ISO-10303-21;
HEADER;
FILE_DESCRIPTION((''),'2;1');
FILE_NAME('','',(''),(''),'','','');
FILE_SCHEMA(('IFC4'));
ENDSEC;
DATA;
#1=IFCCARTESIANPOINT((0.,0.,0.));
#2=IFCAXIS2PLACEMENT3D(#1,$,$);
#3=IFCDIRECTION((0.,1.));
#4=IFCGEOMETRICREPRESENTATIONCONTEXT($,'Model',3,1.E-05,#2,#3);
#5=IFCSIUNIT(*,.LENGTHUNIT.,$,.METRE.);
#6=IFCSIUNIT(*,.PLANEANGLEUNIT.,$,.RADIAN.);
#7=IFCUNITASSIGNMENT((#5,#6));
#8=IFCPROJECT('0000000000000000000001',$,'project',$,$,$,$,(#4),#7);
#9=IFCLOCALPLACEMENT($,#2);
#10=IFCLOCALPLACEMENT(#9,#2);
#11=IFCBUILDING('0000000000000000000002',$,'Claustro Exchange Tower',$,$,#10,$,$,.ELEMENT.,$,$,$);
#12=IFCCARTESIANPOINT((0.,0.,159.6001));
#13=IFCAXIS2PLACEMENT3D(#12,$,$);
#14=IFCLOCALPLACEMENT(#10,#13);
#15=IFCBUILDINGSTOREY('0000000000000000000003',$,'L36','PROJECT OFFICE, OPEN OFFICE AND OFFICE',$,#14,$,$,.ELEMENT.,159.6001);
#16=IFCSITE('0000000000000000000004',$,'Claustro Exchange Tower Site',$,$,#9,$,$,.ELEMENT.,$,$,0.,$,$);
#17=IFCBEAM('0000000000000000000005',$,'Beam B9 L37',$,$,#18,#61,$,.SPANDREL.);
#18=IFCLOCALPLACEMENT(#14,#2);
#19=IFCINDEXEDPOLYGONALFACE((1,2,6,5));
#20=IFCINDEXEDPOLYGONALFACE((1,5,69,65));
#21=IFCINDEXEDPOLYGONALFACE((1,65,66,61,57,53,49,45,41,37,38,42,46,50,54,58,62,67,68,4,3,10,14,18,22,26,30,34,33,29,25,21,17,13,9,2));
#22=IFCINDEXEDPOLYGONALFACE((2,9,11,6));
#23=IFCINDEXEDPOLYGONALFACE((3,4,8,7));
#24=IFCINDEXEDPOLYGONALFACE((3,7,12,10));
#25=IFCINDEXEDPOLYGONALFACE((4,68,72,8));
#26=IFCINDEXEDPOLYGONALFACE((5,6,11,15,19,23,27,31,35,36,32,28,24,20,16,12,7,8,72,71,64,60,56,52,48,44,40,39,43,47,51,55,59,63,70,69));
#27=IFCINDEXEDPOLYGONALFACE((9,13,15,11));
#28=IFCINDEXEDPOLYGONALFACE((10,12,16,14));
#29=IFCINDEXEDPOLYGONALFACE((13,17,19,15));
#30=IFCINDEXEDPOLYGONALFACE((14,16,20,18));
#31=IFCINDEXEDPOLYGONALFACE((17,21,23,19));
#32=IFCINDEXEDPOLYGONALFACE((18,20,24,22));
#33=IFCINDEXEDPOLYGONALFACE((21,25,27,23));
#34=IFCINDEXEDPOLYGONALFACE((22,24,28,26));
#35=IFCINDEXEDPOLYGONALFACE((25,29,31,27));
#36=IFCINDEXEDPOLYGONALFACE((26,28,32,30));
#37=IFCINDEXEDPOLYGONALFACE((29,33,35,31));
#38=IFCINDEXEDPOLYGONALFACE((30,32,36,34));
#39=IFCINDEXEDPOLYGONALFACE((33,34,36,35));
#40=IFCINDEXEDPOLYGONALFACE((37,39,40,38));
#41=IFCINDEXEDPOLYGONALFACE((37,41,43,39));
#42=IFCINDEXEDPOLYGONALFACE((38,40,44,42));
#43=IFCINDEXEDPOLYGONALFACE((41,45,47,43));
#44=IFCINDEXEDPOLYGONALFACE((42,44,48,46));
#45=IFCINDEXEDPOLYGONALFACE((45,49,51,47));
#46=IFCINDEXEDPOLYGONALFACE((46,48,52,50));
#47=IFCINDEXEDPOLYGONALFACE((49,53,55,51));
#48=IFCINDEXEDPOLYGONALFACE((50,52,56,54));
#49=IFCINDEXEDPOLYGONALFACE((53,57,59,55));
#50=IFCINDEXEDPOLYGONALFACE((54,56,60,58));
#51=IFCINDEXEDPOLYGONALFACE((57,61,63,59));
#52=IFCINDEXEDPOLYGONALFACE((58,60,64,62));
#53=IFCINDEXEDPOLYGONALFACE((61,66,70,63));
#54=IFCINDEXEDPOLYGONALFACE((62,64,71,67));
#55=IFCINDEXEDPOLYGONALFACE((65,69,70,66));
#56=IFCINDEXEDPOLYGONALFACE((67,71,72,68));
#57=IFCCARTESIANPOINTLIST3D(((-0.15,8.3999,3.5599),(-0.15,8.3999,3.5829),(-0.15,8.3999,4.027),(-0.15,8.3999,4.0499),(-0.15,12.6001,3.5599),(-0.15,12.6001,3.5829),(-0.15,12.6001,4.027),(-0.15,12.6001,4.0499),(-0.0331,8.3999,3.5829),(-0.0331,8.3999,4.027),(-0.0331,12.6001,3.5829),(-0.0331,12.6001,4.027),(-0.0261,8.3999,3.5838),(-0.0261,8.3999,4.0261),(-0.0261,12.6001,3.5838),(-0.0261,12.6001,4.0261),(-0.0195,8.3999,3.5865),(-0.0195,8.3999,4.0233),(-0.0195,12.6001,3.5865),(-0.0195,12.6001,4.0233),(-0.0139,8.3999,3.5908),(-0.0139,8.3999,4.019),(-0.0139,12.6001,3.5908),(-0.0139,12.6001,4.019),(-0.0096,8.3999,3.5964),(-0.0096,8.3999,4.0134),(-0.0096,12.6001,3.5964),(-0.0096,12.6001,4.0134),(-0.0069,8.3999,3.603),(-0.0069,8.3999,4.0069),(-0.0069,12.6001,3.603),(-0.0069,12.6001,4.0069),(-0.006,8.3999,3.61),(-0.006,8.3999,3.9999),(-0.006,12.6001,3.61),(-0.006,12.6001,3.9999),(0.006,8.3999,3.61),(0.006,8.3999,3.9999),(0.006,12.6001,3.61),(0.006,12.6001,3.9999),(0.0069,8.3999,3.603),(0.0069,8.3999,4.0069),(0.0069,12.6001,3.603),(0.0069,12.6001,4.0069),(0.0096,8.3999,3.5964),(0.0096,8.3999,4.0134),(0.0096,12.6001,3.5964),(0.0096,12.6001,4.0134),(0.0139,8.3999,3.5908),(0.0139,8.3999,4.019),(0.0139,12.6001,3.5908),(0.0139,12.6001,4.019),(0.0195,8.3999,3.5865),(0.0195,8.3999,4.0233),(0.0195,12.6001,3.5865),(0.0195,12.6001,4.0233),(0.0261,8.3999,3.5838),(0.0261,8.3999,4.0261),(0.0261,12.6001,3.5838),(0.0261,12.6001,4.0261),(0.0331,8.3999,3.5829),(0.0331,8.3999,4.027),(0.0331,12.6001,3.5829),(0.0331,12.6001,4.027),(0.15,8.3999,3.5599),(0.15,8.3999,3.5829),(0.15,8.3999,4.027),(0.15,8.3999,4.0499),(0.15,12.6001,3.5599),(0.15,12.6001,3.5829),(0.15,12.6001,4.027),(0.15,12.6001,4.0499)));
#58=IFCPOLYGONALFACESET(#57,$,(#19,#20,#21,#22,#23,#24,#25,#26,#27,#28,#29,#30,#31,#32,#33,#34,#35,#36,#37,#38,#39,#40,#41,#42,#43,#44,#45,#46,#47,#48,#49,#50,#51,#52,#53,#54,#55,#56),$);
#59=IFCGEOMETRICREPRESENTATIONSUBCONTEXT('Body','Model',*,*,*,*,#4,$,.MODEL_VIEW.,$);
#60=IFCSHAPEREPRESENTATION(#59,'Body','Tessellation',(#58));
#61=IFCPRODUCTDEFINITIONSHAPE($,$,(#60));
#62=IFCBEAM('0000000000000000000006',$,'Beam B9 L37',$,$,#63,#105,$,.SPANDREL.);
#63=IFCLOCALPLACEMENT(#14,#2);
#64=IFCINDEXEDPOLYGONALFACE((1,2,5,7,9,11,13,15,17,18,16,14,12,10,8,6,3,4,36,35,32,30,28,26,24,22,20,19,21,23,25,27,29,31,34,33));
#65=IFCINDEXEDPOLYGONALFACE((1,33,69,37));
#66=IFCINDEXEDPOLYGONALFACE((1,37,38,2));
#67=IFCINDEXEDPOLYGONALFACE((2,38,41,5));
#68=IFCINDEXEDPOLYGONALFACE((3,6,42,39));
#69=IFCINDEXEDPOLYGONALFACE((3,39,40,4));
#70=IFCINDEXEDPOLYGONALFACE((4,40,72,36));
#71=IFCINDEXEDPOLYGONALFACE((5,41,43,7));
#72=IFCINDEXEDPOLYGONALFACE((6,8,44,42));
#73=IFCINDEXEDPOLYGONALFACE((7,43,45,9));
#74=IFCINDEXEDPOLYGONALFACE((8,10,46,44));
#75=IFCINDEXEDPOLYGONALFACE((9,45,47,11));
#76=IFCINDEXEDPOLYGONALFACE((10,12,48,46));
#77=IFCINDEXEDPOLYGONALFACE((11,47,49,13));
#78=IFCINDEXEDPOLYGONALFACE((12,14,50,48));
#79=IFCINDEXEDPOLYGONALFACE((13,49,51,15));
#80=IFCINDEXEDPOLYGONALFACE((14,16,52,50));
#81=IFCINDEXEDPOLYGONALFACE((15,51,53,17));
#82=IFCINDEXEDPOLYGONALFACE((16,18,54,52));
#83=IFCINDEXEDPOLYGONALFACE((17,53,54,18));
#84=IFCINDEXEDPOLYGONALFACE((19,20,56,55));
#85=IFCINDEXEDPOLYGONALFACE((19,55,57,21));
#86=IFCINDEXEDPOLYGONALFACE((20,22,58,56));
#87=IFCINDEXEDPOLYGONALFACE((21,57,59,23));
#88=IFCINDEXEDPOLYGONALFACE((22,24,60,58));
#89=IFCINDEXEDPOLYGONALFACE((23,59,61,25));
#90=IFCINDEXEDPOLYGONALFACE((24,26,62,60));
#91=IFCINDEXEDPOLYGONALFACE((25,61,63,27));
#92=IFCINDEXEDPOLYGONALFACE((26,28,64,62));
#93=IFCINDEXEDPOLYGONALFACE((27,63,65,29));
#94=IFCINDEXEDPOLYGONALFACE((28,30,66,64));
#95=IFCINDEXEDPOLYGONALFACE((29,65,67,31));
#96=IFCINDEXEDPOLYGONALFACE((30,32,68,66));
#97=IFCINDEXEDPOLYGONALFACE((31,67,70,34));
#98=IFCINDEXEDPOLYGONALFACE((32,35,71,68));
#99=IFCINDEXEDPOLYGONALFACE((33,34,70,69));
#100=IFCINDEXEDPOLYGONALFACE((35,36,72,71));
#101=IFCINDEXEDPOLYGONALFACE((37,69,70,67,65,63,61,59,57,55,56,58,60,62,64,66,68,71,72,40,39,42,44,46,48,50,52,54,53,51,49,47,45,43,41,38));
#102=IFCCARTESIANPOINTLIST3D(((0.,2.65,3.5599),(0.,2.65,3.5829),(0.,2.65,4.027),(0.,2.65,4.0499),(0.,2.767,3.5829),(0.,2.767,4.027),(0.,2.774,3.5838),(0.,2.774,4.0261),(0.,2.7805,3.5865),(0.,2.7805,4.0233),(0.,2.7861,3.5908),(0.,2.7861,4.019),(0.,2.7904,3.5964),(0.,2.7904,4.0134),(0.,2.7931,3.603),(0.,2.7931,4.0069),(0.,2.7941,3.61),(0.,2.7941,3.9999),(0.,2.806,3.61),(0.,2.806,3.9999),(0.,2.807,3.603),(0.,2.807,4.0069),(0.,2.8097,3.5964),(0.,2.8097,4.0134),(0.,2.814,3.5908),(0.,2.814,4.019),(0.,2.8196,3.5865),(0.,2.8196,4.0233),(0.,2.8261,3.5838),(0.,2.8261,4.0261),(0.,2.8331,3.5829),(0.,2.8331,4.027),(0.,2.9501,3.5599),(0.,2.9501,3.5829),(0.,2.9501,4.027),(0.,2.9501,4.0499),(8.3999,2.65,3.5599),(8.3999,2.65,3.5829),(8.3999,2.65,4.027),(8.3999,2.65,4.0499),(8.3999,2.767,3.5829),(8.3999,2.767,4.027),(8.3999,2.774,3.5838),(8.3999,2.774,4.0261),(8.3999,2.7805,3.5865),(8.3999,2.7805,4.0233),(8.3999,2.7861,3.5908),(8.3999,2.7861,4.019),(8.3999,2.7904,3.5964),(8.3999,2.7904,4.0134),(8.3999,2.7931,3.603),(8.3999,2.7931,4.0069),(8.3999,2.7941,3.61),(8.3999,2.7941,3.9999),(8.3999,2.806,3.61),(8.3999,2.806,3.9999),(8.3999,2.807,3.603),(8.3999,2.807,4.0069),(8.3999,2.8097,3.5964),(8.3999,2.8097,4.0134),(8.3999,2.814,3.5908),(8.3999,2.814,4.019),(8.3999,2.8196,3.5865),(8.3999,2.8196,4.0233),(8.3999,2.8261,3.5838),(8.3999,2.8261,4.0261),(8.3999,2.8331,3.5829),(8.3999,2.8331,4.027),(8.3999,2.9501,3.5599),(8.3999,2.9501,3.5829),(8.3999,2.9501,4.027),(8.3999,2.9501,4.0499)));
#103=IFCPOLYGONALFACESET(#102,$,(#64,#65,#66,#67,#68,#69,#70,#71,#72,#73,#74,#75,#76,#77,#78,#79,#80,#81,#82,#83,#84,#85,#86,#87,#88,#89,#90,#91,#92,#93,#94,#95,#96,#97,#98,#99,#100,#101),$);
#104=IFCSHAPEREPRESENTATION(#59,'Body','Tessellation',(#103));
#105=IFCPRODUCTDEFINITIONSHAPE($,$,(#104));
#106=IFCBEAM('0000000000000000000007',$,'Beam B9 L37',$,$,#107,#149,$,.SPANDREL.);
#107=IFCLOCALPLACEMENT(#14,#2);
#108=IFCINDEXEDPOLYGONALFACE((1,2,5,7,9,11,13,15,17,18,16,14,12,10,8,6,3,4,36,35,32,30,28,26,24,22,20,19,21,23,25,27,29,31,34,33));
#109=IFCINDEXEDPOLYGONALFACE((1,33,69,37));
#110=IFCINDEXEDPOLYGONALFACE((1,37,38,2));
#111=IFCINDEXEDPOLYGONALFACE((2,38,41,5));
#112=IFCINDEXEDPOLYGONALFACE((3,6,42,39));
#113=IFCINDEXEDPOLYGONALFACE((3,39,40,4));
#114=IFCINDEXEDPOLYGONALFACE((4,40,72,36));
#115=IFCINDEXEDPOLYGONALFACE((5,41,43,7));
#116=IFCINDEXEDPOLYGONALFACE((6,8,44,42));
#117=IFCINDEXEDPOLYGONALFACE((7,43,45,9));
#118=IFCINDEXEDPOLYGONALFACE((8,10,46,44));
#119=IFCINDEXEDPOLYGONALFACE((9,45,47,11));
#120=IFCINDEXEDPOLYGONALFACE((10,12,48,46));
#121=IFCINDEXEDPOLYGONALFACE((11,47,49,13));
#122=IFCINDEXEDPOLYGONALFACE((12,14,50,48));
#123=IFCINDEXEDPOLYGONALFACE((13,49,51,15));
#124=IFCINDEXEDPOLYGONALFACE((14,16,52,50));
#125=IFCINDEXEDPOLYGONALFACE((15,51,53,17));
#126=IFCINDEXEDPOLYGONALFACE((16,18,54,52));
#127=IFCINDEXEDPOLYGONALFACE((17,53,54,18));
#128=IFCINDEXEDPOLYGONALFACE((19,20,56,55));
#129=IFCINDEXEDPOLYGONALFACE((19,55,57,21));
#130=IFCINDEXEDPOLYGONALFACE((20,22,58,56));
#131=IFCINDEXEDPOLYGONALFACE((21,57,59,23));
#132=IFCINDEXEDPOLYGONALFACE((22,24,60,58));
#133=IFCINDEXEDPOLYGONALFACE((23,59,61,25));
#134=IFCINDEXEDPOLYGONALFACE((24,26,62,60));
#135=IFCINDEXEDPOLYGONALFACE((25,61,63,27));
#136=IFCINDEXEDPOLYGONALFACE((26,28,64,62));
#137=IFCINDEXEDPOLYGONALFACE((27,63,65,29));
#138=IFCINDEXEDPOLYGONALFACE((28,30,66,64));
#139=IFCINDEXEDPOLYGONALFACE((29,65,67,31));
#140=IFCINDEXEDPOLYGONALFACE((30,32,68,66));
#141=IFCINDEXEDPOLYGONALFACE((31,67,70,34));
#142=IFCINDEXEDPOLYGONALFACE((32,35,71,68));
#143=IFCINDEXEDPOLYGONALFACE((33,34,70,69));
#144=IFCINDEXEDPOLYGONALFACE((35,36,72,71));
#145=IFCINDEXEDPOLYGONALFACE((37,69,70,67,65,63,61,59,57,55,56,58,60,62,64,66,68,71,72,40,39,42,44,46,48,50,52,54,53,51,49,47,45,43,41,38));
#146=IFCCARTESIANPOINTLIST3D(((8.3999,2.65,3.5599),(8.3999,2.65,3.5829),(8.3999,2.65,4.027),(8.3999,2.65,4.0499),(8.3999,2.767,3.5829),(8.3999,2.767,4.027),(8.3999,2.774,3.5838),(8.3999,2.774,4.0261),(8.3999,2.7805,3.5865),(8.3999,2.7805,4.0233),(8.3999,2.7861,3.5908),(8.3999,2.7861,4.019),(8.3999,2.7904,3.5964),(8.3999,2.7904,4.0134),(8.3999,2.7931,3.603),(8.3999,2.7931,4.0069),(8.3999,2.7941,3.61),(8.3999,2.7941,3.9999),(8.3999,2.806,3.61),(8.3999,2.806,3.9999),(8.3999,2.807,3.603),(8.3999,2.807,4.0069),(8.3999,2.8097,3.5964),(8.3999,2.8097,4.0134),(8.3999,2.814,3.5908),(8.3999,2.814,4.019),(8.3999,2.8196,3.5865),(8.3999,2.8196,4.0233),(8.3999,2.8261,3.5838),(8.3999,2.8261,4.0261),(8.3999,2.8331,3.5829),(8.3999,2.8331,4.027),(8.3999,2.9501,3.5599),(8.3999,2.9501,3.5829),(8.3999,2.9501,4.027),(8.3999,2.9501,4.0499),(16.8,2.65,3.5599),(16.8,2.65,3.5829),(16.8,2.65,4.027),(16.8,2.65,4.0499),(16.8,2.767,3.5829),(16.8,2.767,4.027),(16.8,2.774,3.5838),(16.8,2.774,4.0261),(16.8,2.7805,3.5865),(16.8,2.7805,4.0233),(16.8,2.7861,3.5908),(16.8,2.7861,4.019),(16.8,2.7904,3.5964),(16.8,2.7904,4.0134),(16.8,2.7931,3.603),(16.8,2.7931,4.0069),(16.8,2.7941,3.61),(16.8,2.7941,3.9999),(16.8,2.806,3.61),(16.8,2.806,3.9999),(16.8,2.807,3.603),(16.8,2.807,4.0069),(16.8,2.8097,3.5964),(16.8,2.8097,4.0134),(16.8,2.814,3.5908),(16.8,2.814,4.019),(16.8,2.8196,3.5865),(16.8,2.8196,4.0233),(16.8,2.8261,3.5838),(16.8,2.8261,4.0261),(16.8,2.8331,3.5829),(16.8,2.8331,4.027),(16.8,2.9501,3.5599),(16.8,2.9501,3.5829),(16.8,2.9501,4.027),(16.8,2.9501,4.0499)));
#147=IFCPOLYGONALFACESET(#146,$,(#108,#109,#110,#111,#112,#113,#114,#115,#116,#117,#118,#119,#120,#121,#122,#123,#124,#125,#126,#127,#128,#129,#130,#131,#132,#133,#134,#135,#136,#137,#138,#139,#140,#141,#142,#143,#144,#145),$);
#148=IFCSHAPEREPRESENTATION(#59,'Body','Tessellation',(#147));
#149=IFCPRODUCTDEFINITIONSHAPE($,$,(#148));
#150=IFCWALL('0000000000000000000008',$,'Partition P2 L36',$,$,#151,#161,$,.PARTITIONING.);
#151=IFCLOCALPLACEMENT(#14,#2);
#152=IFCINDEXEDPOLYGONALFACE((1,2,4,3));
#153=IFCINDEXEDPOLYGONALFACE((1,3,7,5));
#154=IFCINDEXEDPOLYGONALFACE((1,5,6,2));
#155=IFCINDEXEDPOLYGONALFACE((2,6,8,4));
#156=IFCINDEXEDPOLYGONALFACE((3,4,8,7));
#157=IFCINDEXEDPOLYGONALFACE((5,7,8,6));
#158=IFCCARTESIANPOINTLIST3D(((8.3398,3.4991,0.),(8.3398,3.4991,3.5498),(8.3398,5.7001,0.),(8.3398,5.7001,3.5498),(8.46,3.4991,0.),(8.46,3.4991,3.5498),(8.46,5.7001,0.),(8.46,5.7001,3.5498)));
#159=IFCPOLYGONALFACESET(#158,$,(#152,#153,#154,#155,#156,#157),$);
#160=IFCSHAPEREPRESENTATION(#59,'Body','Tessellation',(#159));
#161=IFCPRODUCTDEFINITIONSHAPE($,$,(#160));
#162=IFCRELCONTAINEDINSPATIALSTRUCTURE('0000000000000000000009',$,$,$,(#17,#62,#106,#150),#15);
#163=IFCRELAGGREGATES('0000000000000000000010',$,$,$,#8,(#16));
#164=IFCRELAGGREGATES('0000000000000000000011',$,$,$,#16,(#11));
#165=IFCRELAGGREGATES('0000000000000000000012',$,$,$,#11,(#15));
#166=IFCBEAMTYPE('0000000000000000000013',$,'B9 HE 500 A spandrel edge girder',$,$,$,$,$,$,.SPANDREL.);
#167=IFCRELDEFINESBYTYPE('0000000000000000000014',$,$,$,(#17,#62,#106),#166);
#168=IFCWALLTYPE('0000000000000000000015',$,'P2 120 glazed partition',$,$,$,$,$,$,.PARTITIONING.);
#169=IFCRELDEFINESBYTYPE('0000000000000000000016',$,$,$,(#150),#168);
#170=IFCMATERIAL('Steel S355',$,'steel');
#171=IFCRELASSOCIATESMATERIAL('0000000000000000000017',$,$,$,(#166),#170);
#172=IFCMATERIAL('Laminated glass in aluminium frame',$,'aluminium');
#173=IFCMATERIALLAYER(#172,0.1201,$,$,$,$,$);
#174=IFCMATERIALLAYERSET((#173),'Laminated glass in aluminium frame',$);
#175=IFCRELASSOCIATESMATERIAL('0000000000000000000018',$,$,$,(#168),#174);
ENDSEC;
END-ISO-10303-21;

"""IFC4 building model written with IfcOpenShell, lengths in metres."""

from ifc_helpers import new_model, si_unit, direction, frame, frame_2d, origin, origin_2d, place, context, subcontext, project, spatial, rectangle, i_section, extrude, material, layer, layer_set, material_profile, profile_set, type_object, element, save


model = new_model("IFC4")

# Units and contexts
model_context = context("Model", 3, precision=1e-05, world=origin(), true_north=direction((0.0, 1.0)))
body_context = subcontext(model_context, "Body", "Model", "MODEL_VIEW")
ifc_project = project(units=[si_unit("LENGTHUNIT", "METRE"), si_unit("PLANEANGLEUNIT", "RADIAN")], contexts=[model_context])

# Site, building, storey
site_placement = place(None, origin())
site = spatial("IfcSite", under=ifc_project, at=site_placement, Name="Claustro Exchange Tower Site", CompositionType="ELEMENT", RefElevation=0.0)
building_placement = place(site_placement, origin())
building = spatial("IfcBuilding", under=site, at=building_placement, Name="Claustro Exchange Tower", CompositionType="ELEMENT")
storey_placement = place(building_placement, frame((0.0, 0.0, 159.6001)))
storey = spatial("IfcBuildingStorey", under=building, at=storey_placement, Name="L36", Description="PROJECT OFFICE, OPEN OFFICE AND OFFICE", CompositionType="ELEMENT", Elevation=159.6001)

# Beams
ifc_material_1 = material(Name="Steel S355", Category="steel")
ifc_material_profile_1 = material_profile(ifc_material_1, i_section(OverallWidth=0.3, OverallDepth=0.49, WebThickness=0.012, FlangeThickness=0.0229, FilletRadius=0.0271, at=origin_2d()), Name="HE 500 A")
ifc_profile_set_1 = profile_set([ifc_material_profile_1], Name="Steel S355")
beam_type_1 = type_object("IfcBeamType", Name="B9 HE 500 A spandrel edge girder", PredefinedType="SPANDREL", material=ifc_profile_set_1)
beam_1_placement = place(storey_placement, frame((0.0, 8.3999, 3.8049), z_axis=(0.0, 1.0, 0.0), x_axis=(-1.0, 0.0, 0.0)))
element("IfcBeam", 1, at=beam_1_placement, inside=storey, type_object=beam_type_1, Name="Beam B9 L37", PredefinedType="SPANDREL", context=body_context, shape_type="SweptSolid", body=[
    extrude(i_section(OverallWidth=0.3, OverallDepth=0.49, WebThickness=0.012, FlangeThickness=0.0229, FilletRadius=0.0271, at=origin_2d()), origin(), (0.0, 0.0, 1.0), 4.2002),
])
beam_2_placement = place(storey_placement, frame((0.0, 2.8, 3.8049), z_axis=(1.0, 0.0, 0.0), x_axis=(0.0, 1.0, 0.0)))
element("IfcBeam", 2, at=beam_2_placement, inside=storey, type_object=beam_type_1, Name="Beam B9 L37", PredefinedType="SPANDREL", context=body_context, shape_type="SweptSolid", body=[
    extrude(i_section(OverallWidth=0.3, OverallDepth=0.49, WebThickness=0.012, FlangeThickness=0.0229, FilletRadius=0.0271, at=origin_2d()), origin(), (0.0, 0.0, 1.0), 8.3999),
])
beam_3_placement = place(storey_placement, frame((8.3999, 2.8, 3.8049), z_axis=(1.0, 0.0, 0.0), x_axis=(0.0, 1.0, 0.0)))
element("IfcBeam", 3, at=beam_3_placement, inside=storey, type_object=beam_type_1, Name="Beam B9 L37", PredefinedType="SPANDREL", context=body_context, shape_type="SweptSolid", body=[
    extrude(i_section(OverallWidth=0.3, OverallDepth=0.49, WebThickness=0.012, FlangeThickness=0.0229, FilletRadius=0.0271, at=origin_2d()), origin(), (0.0, 0.0, 1.0), 8.4001),
])

# Wall
ifc_material_2 = material(Name="Laminated glass in aluminium frame", Category="aluminium")
ifc_layer_1 = layer(ifc_material_2, 0.1201)
ifc_layer_set_1 = layer_set([ifc_layer_1], Name="Laminated glass in aluminium frame")
wall_type_1 = type_object("IfcWallType", Name="P2 120 glazed partition", PredefinedType="PARTITIONING", material=ifc_layer_set_1)
wall_1_placement = place(storey_placement, frame((8.3999, 3.499, 0.0), z_axis=(0.0, 0.0, 1.0), x_axis=(0.0, 1.0, 0.0)))
element("IfcWall", 4, at=wall_1_placement, inside=storey, type_object=wall_type_1, Name="Partition P2 L36", PredefinedType="PARTITIONING", context=body_context, shape_type="SweptSolid", body=[
    extrude(rectangle(XDim=2.2009, YDim=0.1201, at=frame_2d((1.1006, 0.0))), origin(), (0.0, 0.0, 1.0), 3.5498),
])

save(model, "model.ifc")
